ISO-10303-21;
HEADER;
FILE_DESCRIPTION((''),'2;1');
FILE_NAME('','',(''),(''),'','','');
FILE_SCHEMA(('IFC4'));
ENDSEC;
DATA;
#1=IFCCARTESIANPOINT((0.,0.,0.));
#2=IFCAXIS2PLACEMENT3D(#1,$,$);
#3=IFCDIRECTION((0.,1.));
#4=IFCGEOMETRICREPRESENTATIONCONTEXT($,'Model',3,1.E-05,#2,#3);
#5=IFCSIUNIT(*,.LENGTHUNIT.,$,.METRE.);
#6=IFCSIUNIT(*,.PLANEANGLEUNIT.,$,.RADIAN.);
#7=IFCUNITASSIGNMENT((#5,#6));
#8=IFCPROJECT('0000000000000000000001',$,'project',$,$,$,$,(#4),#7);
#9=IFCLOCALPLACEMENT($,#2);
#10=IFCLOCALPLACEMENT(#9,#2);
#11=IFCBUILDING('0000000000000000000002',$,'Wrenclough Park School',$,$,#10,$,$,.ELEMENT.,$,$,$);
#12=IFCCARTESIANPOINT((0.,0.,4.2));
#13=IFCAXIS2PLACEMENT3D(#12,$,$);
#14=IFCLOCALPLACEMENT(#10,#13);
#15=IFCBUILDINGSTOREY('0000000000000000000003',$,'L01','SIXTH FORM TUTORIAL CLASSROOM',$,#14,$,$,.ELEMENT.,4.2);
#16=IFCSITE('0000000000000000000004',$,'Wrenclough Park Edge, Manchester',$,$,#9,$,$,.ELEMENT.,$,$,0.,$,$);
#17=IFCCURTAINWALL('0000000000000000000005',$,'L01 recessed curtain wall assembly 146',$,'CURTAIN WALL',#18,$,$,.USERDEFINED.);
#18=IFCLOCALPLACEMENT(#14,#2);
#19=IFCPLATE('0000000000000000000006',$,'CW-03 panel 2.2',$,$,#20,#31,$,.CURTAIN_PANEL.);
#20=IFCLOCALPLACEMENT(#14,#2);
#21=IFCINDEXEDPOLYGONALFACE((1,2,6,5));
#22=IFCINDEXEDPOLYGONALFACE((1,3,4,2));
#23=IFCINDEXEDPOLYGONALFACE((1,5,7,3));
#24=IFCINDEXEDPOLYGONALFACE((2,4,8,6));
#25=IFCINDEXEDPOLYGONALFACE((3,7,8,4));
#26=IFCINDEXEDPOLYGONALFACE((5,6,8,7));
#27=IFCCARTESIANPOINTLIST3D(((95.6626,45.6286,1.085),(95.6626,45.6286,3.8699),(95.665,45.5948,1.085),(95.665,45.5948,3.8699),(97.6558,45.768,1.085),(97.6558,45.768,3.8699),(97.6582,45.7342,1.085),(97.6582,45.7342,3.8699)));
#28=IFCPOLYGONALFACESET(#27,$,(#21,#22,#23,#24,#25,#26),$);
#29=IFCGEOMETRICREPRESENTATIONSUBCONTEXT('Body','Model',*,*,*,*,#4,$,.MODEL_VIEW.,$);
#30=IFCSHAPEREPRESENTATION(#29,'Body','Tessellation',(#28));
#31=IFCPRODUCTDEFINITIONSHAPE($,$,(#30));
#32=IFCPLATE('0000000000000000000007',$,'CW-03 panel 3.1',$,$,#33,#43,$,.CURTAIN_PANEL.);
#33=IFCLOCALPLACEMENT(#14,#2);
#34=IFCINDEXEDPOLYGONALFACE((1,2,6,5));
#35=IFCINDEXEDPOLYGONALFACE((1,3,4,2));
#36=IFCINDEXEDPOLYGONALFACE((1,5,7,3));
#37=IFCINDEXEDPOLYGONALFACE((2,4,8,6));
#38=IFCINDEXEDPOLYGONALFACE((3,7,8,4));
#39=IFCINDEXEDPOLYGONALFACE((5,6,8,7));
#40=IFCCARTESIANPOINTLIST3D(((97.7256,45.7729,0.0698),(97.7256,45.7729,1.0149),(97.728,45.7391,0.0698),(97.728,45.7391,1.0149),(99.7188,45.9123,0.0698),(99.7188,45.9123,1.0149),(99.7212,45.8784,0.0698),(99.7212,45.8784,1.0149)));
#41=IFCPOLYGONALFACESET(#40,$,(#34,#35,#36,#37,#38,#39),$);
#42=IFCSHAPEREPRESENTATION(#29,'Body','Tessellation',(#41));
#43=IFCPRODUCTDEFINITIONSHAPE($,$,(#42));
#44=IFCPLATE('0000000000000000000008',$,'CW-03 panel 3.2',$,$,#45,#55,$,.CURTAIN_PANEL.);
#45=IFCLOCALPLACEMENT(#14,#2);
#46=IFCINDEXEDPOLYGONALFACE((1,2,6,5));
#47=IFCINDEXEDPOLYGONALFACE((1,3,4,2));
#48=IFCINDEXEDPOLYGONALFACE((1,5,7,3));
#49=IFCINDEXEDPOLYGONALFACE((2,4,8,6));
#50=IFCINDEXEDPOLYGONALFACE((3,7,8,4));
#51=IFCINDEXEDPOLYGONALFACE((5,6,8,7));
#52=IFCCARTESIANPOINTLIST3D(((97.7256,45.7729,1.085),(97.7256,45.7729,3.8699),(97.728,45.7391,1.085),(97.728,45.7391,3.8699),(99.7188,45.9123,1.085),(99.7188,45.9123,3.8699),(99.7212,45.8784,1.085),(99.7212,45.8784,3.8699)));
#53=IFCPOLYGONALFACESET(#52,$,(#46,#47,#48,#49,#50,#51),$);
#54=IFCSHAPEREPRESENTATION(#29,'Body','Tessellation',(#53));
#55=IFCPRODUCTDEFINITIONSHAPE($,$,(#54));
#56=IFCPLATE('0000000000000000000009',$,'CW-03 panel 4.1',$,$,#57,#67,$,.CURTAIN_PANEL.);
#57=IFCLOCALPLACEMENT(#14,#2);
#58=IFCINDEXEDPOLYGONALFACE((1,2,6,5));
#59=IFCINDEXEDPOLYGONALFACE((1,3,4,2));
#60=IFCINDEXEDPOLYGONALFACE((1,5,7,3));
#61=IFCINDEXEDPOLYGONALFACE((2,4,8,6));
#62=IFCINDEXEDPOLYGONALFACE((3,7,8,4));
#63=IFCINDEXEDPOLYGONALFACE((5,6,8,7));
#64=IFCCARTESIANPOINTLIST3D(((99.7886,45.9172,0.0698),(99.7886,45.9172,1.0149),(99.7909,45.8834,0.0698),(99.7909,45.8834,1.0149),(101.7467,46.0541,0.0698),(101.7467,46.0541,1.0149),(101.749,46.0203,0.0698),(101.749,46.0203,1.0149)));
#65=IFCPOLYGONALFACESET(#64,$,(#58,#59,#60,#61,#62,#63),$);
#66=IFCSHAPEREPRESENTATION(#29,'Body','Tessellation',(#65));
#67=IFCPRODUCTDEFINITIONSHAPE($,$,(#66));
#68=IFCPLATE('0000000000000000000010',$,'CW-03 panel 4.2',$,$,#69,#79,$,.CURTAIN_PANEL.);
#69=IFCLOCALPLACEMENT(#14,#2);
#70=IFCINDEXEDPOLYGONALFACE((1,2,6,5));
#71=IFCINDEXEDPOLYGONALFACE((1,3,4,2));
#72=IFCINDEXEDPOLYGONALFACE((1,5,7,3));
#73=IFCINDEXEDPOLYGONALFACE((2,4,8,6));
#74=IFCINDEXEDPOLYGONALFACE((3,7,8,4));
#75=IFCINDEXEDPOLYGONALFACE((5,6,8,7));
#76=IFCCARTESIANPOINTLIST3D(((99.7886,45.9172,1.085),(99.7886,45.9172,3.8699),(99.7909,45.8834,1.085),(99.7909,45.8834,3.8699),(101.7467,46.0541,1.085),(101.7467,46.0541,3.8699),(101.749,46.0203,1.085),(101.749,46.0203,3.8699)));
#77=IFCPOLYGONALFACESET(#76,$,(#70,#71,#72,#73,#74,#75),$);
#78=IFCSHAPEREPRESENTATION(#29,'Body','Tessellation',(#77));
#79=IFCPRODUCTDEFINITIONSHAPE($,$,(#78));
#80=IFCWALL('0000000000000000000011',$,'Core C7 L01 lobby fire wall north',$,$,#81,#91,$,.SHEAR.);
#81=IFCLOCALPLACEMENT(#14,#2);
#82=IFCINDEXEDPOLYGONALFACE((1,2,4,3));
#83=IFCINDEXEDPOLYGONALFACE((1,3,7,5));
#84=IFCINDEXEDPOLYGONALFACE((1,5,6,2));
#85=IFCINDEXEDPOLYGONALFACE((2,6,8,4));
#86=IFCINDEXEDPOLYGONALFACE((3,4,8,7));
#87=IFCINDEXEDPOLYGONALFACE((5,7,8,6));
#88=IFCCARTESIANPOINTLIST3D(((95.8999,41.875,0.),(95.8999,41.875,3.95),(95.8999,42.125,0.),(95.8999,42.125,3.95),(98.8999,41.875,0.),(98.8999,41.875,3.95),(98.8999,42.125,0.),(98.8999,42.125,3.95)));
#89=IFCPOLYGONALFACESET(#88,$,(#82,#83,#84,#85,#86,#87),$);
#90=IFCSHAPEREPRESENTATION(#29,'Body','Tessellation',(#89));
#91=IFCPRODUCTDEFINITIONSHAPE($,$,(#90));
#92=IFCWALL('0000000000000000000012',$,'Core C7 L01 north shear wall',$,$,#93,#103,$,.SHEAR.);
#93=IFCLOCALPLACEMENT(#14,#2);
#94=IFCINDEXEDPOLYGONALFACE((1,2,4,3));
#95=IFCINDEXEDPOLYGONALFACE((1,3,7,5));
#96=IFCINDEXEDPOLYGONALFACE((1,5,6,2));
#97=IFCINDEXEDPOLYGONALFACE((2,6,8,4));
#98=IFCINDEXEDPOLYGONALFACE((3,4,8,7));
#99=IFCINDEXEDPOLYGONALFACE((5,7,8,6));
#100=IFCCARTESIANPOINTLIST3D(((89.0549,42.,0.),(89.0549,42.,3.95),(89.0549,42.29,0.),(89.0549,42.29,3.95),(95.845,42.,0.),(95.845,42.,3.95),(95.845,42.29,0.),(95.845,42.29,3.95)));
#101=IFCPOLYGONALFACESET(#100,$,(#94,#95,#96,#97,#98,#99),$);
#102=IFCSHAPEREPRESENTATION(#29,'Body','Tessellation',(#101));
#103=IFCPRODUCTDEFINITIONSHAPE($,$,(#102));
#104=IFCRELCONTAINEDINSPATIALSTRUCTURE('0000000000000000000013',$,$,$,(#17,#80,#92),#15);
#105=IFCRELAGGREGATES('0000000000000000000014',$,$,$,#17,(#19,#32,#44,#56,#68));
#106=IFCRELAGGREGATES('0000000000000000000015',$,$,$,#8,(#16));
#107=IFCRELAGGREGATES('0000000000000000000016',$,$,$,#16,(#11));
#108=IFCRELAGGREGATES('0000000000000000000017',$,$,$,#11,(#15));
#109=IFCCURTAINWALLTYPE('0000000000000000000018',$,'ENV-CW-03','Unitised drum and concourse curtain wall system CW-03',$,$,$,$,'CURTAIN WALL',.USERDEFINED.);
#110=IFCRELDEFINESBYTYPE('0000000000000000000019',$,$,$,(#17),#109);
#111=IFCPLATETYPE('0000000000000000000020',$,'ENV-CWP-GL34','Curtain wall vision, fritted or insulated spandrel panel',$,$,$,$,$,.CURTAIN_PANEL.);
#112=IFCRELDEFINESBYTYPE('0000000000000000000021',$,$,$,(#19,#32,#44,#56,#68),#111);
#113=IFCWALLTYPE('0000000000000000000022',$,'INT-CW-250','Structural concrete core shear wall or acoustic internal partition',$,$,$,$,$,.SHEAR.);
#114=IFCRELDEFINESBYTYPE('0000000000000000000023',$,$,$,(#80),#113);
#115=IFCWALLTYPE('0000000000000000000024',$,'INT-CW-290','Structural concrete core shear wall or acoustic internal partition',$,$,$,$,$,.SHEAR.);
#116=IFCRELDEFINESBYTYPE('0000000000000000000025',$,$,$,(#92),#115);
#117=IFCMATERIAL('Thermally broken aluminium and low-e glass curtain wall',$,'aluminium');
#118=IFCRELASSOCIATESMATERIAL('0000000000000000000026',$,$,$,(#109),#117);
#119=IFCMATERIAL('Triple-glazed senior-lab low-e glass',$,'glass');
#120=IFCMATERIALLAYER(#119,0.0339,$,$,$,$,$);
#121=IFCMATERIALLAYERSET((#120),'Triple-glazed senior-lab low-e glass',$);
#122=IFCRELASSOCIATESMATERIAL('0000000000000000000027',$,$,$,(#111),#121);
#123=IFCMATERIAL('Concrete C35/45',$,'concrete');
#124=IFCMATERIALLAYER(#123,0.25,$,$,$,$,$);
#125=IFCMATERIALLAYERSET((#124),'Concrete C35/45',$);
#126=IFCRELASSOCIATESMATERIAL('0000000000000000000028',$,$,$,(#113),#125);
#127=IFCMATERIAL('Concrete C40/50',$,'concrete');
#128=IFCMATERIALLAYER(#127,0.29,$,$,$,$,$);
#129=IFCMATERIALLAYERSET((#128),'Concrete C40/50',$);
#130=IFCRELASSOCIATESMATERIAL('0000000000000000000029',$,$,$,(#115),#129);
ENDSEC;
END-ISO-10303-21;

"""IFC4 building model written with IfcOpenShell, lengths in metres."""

from ifc_helpers import new_model, si_unit, direction, frame, frame_2d, origin, origin_2d, place, context, subcontext, project, spatial, rectangle, extrude, material, layer, layer_set, type_object, element, aggregate, save


model = new_model("IFC4")

# Units and contexts
model_context = context("Model", 3, precision=1e-05, world=origin(), true_north=direction((0.0, 1.0)))
body_context = subcontext(model_context, "Body", "Model", "MODEL_VIEW")
ifc_project = project(units=[si_unit("LENGTHUNIT", "METRE"), si_unit("PLANEANGLEUNIT", "RADIAN")], contexts=[model_context])

# Site, building, storey
site_placement = place(None, origin())
site = spatial("IfcSite", under=ifc_project, at=site_placement, Name="Wrenclough Park Edge, Manchester", CompositionType="ELEMENT", RefElevation=0.0)
building_placement = place(site_placement, origin())
building = spatial("IfcBuilding", under=site, at=building_placement, Name="Wrenclough Park School", CompositionType="ELEMENT")
storey_placement = place(building_placement, frame((0.0, 0.0, 4.2)))
storey = spatial("IfcBuildingStorey", under=building, at=storey_placement, Name="L01", Description="SIXTH FORM TUTORIAL CLASSROOM", CompositionType="ELEMENT", Elevation=4.2)

# Shared definitions
ifc_material_1 = material(Name="Thermally broken aluminium and low-e glass curtain wall", Category="aluminium")

# Curtain wall
curtain_wall_type_1 = type_object("IfcCurtainWallType", Name="ENV-CW-03", Description="Unitised drum and concourse curtain wall system CW-03", ElementType="CURTAIN WALL", PredefinedType="USERDEFINED", material=ifc_material_1)
curtain_wall_1_placement = place(storey_placement, origin())
curtain_wall_1 = element("IfcCurtainWall", 1, at=curtain_wall_1_placement, inside=storey, type_object=curtain_wall_type_1, Name="L01 recessed curtain wall assembly 146", ObjectType="CURTAIN WALL", PredefinedType="USERDEFINED")

# Plates
ifc_material_2 = material(Name="Triple-glazed senior-lab low-e glass", Category="glass")
ifc_layer_1 = layer(ifc_material_2, 0.0339)
ifc_layer_set_1 = layer_set([ifc_layer_1], Name="Triple-glazed senior-lab low-e glass")
plate_type = type_object("IfcPlateType", Name="ENV-CWP-GL34", Description="Curtain wall vision, fritted or insulated spandrel panel", PredefinedType="CURTAIN_PANEL", material=ifc_layer_set_1)
plate_1_placement = place(storey_placement, frame((96.6604, 45.6814, 1.085), z_axis=(0.0, 0.0, 1.0), x_axis=(0.997564, 0.069753, 0.0)))
plate_1 = element("IfcPlate", 2, at=plate_1_placement, type_object=plate_type, Name="CW-03 panel 2.2", PredefinedType="CURTAIN_PANEL", context=body_context, shape_type="SweptSolid", body=[
    extrude(rectangle(XDim=1.998, YDim=0.0339, at=origin_2d()), origin(), (0.0, 0.0, 1.0), 2.7849),
])
plate_2_placement = place(storey_placement, frame((98.7234, 45.8257, 0.0698), z_axis=(0.0, 0.0, 1.0), x_axis=(0.997564, 0.069753, 0.0)))
plate_2 = element("IfcPlate", 3, at=plate_2_placement, type_object=plate_type, Name="CW-03 panel 3.1", PredefinedType="CURTAIN_PANEL", context=body_context, shape_type="SweptSolid", body=[
    extrude(rectangle(XDim=1.998, YDim=0.0339, at=origin_2d()), origin(), (0.0, 0.0, 1.0), 0.9451),
])
plate_3_placement = place(storey_placement, frame((98.7234, 45.8257, 1.085), z_axis=(0.0, 0.0, 1.0), x_axis=(0.997564, 0.069753, 0.0)))
plate_3 = element("IfcPlate", 4, at=plate_3_placement, type_object=plate_type, Name="CW-03 panel 3.2", PredefinedType="CURTAIN_PANEL", context=body_context, shape_type="SweptSolid", body=[
    extrude(rectangle(XDim=1.998, YDim=0.0339, at=origin_2d()), origin(), (0.0, 0.0, 1.0), 2.7849),
])
plate_4_placement = place(storey_placement, frame((100.7688, 45.9688, 0.0698), z_axis=(0.0, 0.0, 1.0), x_axis=(0.997564, 0.069753, 0.0)))
plate_4 = element("IfcPlate", 5, at=plate_4_placement, type_object=plate_type, Name="CW-03 panel 4.1", PredefinedType="CURTAIN_PANEL", context=body_context, shape_type="SweptSolid", body=[
    extrude(rectangle(XDim=1.9629, YDim=0.0339, at=origin_2d()), origin(), (0.0, 0.0, 1.0), 0.9451),
])
plate_5_placement = place(storey_placement, frame((100.7688, 45.9688, 1.085), z_axis=(0.0, 0.0, 1.0), x_axis=(0.997564, 0.069753, 0.0)))
plate_5 = element("IfcPlate", 6, at=plate_5_placement, type_object=plate_type, Name="CW-03 panel 4.2", PredefinedType="CURTAIN_PANEL", context=body_context, shape_type="SweptSolid", body=[
    extrude(rectangle(XDim=1.9629, YDim=0.0339, at=origin_2d()), origin(), (0.0, 0.0, 1.0), 2.7849),
])
aggregate(curtain_wall_1, [plate_1, plate_2, plate_3, plate_4, plate_5])

# Walls
ifc_material_3 = material(Name="Concrete C35/45", Category="concrete")
ifc_layer_2 = layer(ifc_material_3, 0.25)
ifc_layer_set_2 = layer_set([ifc_layer_2], Name="Concrete C35/45")
wall_type_1 = type_object("IfcWallType", Name="INT-CW-250", Description="Structural concrete core shear wall or acoustic internal partition", PredefinedType="SHEAR", material=ifc_layer_set_2)
wall_1_placement = place(storey_placement, frame((98.8999, 42.0, 0.0), z_axis=(0.0, 0.0, 1.0), x_axis=(-1.0, 0.0, 0.0)))
element("IfcWall", 7, at=wall_1_placement, inside=storey, type_object=wall_type_1, Name="Core C7 L01 lobby fire wall north", PredefinedType="SHEAR", context=body_context, shape_type="SweptSolid", body=[
    extrude(rectangle(XDim=3.0, YDim=0.25, at=frame_2d((1.5, 0.0))), origin(), (0.0, 0.0, 1.0), 3.95),
])
ifc_material_4 = material(Name="Concrete C40/50", Category="concrete")
ifc_layer_3 = layer(ifc_material_4, 0.29)
ifc_layer_set_3 = layer_set([ifc_layer_3], Name="Concrete C40/50")
wall_type_2 = type_object("IfcWallType", Name="INT-CW-290", Description="Structural concrete core shear wall or acoustic internal partition", PredefinedType="SHEAR", material=ifc_layer_set_3)
wall_2_placement = place(storey_placement, frame((95.845, 42.145, 0.0), z_axis=(0.0, 0.0, 1.0), x_axis=(-1.0, 0.0, 0.0)))
element("IfcWall", 8, at=wall_2_placement, inside=storey, type_object=wall_type_2, Name="Core C7 L01 north shear wall", PredefinedType="SHEAR", context=body_context, shape_type="SweptSolid", body=[
    extrude(rectangle(XDim=6.79, YDim=0.29, at=frame_2d((3.395, 0.0))), origin(), (0.0, 0.0, 1.0), 3.95),
])

save(model, "model.ifc")
